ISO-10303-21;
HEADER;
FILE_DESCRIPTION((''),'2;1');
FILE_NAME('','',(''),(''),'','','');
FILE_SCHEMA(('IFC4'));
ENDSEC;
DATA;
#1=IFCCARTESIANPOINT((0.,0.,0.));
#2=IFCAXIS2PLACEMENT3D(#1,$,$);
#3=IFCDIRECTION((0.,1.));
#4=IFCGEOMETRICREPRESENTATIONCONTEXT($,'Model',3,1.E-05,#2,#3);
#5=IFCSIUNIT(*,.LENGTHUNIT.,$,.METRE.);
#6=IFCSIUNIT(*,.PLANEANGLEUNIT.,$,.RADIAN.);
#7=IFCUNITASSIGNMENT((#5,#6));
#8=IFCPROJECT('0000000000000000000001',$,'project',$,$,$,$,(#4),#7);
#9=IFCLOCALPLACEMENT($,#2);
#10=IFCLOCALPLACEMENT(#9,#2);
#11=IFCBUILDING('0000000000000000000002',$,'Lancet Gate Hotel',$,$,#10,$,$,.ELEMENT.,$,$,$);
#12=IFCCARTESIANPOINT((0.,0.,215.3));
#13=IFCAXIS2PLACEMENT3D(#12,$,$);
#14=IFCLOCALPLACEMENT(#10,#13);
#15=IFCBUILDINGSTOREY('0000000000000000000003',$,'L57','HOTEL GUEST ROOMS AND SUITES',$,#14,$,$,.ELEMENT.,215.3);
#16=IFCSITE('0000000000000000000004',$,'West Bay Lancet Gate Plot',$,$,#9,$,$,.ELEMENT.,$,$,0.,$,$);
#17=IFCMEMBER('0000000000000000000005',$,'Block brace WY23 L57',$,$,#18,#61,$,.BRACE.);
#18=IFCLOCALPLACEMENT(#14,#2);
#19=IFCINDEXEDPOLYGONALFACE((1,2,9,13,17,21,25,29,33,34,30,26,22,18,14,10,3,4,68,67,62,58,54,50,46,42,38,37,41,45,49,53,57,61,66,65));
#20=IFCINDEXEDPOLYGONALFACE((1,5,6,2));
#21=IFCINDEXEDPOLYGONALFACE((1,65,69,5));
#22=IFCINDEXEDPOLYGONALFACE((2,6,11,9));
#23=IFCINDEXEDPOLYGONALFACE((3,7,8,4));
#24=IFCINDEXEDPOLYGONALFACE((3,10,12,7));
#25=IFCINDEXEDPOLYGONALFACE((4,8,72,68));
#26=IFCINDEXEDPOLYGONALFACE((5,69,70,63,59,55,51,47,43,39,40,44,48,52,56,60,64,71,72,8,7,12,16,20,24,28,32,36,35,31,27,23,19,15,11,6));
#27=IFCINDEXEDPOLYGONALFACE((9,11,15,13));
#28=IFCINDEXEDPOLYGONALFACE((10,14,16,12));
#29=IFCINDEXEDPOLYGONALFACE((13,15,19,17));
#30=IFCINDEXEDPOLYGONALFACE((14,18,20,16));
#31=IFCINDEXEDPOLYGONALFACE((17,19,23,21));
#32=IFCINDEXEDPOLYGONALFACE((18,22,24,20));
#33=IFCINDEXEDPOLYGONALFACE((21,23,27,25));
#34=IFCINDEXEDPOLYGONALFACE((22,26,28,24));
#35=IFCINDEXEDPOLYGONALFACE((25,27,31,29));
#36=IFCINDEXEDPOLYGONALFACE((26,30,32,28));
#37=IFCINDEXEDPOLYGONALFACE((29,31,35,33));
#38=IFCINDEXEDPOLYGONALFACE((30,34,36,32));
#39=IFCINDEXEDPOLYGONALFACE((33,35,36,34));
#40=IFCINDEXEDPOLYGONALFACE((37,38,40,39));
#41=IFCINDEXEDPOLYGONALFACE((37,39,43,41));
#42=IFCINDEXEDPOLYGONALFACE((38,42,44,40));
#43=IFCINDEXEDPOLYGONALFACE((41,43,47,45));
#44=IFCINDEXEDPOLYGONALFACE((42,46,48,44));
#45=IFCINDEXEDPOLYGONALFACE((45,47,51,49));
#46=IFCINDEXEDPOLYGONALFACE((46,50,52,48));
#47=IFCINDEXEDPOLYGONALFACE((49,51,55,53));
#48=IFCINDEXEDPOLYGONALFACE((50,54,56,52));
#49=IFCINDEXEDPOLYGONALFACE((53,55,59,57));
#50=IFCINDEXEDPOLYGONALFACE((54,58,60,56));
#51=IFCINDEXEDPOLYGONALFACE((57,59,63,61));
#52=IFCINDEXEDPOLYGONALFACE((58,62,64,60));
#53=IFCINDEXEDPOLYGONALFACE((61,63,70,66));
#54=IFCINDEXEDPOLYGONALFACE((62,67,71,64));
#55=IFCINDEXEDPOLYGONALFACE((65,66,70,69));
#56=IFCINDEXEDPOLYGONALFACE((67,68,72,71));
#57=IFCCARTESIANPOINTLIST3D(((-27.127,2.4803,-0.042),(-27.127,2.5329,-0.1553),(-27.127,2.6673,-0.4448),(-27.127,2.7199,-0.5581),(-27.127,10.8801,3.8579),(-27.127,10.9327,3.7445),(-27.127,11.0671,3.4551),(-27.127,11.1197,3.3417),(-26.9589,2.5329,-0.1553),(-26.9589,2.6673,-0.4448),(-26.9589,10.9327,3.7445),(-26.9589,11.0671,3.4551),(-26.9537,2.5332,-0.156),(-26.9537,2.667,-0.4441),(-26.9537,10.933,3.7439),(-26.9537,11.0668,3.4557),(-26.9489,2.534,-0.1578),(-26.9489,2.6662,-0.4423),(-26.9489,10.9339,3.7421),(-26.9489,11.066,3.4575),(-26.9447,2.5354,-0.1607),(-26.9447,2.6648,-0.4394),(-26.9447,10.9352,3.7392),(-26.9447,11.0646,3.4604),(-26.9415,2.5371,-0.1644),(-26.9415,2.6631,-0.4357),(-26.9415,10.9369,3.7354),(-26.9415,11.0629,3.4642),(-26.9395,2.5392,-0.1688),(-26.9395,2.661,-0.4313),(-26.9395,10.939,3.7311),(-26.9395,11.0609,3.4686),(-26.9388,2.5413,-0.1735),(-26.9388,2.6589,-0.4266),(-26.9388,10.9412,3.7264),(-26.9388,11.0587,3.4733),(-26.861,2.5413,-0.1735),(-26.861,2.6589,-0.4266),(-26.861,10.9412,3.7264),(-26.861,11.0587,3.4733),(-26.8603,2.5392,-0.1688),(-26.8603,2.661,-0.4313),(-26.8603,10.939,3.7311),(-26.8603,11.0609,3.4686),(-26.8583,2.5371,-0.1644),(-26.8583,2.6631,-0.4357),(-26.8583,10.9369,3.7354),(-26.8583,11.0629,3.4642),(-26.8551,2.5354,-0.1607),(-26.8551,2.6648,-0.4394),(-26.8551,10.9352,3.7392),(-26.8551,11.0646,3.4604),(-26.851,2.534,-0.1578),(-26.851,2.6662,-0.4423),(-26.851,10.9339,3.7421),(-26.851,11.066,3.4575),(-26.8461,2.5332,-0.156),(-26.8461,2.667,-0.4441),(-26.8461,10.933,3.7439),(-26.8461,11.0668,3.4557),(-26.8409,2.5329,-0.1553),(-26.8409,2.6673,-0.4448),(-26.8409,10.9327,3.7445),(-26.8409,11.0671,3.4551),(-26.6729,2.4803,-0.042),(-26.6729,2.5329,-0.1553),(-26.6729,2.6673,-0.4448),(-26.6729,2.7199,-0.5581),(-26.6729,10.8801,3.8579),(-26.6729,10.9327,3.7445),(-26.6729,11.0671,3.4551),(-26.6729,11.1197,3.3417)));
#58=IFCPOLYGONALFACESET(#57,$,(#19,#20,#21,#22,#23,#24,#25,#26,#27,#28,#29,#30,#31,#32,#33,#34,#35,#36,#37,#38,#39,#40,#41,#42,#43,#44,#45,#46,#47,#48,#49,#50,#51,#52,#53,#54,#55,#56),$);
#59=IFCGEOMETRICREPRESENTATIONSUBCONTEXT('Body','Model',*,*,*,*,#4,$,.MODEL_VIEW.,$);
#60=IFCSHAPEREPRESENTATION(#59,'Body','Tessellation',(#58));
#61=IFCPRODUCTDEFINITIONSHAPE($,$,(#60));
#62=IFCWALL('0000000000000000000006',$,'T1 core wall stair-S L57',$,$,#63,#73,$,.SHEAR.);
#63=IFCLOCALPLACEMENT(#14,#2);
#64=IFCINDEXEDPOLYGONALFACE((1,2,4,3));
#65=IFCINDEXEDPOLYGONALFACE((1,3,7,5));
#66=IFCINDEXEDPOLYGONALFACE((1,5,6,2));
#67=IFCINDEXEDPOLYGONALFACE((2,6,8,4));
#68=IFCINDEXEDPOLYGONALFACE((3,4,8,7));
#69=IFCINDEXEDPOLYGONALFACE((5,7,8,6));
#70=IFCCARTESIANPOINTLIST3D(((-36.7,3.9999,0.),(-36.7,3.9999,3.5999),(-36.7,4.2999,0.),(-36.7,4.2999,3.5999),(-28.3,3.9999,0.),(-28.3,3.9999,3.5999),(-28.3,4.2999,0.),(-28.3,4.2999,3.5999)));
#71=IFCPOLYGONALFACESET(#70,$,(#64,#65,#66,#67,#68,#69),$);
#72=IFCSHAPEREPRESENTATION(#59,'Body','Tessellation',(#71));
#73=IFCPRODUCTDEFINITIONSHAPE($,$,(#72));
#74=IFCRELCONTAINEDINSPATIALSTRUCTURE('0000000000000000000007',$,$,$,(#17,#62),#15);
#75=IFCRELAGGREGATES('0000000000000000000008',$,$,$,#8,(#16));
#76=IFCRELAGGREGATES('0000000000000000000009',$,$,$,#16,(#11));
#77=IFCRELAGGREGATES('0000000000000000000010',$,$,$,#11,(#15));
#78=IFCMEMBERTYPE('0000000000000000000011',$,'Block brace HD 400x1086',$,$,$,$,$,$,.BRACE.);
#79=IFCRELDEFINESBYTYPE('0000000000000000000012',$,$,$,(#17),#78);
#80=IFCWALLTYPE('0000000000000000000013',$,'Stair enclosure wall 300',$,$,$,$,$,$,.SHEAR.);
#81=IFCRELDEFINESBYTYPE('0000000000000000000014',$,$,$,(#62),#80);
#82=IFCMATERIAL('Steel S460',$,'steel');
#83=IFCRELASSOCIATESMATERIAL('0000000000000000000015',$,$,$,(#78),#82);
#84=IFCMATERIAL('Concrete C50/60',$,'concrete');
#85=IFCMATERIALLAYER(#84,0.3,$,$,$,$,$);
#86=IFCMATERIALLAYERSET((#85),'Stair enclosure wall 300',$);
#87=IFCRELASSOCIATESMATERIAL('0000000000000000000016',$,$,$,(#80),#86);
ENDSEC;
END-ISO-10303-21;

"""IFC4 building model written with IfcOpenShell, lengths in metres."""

from ifc_helpers import new_model, si_unit, direction, frame, frame_2d, origin, origin_2d, place, context, subcontext, project, spatial, rectangle, i_section, extrude, material, layer, layer_set, material_profile, profile_set, type_object, element, save


model = new_model("IFC4")

# Units and contexts
model_context = context("Model", 3, precision=1e-05, world=origin(), true_north=direction((0.0, 1.0)))
body_context = subcontext(model_context, "Body", "Model", "MODEL_VIEW")
ifc_project = project(units=[si_unit("LENGTHUNIT", "METRE"), si_unit("PLANEANGLEUNIT", "RADIAN")], contexts=[model_context])

# Site, building, storey
site_placement = place(None, origin())
site = spatial("IfcSite", under=ifc_project, at=site_placement, Name="West Bay Lancet Gate Plot", CompositionType="ELEMENT", RefElevation=0.0)
building_placement = place(site_placement, origin())
building = spatial("IfcBuilding", under=site, at=building_placement, Name="Lancet Gate Hotel", CompositionType="ELEMENT")
storey_placement = place(building_placement, frame((0.0, 0.0, 215.3)))
storey = spatial("IfcBuildingStorey", under=building, at=storey_placement, Name="L57", Description="HOTEL GUEST ROOMS AND SUITES", CompositionType="ELEMENT", Elevation=215.3)

# Member
ifc_material_1 = material(Name="Steel S460", Category="steel")
ifc_material_profile = material_profile(ifc_material_1, i_section(OverallWidth=0.4541, OverallDepth=0.5691, WebThickness=0.0779, FlangeThickness=0.125, FilletRadius=0.02, at=origin_2d()), Name="HD 400x1086")
ifc_profile_set = profile_set([ifc_material_profile], Name="Steel S460")
member_type = type_object("IfcMemberType", Name="Block brace HD 400x1086", PredefinedType="BRACE", material=ifc_profile_set)
member_placement = place(storey_placement, frame((-26.8999, 2.6001, -0.3), z_axis=(0.0, 0.907011, 0.421107), x_axis=(-1.0, 0.0, 0.0)))
element("IfcMember", 1, at=member_placement, inside=storey, type_object=member_type, Name="Block brace WY23 L57", PredefinedType="BRACE", context=body_context, shape_type="SweptSolid", body=[
    extrude(i_section(OverallWidth=0.4541, OverallDepth=0.5691, WebThickness=0.0779, FlangeThickness=0.125, FilletRadius=0.02, at=origin_2d()), origin(), (0.0, 0.0, 1.0), 9.261),
])

# Wall
ifc_material_2 = material(Name="Concrete C50/60", Category="concrete")
ifc_layer_1 = layer(ifc_material_2, 0.3)
ifc_layer_set_1 = layer_set([ifc_layer_1], Name="Stair enclosure wall 300")
wall_type_1 = type_object("IfcWallType", Name="Stair enclosure wall 300", PredefinedType="SHEAR", material=ifc_layer_set_1)
wall_1_placement = place(storey_placement, frame((-28.3, 4.1499, 0.0), z_axis=(0.0, 0.0, 1.0), x_axis=(-1.0, 0.0, 0.0)))
element("IfcWall", 2, at=wall_1_placement, inside=storey, type_object=wall_type_1, Name="T1 core wall stair-S L57", PredefinedType="SHEAR", context=body_context, shape_type="SweptSolid", body=[
    extrude(rectangle(XDim=8.3999, YDim=0.3, at=frame_2d((4.2, 0.0))), origin(), (0.0, 0.0, 1.0), 3.5999),
])

save(model, "model.ifc")
